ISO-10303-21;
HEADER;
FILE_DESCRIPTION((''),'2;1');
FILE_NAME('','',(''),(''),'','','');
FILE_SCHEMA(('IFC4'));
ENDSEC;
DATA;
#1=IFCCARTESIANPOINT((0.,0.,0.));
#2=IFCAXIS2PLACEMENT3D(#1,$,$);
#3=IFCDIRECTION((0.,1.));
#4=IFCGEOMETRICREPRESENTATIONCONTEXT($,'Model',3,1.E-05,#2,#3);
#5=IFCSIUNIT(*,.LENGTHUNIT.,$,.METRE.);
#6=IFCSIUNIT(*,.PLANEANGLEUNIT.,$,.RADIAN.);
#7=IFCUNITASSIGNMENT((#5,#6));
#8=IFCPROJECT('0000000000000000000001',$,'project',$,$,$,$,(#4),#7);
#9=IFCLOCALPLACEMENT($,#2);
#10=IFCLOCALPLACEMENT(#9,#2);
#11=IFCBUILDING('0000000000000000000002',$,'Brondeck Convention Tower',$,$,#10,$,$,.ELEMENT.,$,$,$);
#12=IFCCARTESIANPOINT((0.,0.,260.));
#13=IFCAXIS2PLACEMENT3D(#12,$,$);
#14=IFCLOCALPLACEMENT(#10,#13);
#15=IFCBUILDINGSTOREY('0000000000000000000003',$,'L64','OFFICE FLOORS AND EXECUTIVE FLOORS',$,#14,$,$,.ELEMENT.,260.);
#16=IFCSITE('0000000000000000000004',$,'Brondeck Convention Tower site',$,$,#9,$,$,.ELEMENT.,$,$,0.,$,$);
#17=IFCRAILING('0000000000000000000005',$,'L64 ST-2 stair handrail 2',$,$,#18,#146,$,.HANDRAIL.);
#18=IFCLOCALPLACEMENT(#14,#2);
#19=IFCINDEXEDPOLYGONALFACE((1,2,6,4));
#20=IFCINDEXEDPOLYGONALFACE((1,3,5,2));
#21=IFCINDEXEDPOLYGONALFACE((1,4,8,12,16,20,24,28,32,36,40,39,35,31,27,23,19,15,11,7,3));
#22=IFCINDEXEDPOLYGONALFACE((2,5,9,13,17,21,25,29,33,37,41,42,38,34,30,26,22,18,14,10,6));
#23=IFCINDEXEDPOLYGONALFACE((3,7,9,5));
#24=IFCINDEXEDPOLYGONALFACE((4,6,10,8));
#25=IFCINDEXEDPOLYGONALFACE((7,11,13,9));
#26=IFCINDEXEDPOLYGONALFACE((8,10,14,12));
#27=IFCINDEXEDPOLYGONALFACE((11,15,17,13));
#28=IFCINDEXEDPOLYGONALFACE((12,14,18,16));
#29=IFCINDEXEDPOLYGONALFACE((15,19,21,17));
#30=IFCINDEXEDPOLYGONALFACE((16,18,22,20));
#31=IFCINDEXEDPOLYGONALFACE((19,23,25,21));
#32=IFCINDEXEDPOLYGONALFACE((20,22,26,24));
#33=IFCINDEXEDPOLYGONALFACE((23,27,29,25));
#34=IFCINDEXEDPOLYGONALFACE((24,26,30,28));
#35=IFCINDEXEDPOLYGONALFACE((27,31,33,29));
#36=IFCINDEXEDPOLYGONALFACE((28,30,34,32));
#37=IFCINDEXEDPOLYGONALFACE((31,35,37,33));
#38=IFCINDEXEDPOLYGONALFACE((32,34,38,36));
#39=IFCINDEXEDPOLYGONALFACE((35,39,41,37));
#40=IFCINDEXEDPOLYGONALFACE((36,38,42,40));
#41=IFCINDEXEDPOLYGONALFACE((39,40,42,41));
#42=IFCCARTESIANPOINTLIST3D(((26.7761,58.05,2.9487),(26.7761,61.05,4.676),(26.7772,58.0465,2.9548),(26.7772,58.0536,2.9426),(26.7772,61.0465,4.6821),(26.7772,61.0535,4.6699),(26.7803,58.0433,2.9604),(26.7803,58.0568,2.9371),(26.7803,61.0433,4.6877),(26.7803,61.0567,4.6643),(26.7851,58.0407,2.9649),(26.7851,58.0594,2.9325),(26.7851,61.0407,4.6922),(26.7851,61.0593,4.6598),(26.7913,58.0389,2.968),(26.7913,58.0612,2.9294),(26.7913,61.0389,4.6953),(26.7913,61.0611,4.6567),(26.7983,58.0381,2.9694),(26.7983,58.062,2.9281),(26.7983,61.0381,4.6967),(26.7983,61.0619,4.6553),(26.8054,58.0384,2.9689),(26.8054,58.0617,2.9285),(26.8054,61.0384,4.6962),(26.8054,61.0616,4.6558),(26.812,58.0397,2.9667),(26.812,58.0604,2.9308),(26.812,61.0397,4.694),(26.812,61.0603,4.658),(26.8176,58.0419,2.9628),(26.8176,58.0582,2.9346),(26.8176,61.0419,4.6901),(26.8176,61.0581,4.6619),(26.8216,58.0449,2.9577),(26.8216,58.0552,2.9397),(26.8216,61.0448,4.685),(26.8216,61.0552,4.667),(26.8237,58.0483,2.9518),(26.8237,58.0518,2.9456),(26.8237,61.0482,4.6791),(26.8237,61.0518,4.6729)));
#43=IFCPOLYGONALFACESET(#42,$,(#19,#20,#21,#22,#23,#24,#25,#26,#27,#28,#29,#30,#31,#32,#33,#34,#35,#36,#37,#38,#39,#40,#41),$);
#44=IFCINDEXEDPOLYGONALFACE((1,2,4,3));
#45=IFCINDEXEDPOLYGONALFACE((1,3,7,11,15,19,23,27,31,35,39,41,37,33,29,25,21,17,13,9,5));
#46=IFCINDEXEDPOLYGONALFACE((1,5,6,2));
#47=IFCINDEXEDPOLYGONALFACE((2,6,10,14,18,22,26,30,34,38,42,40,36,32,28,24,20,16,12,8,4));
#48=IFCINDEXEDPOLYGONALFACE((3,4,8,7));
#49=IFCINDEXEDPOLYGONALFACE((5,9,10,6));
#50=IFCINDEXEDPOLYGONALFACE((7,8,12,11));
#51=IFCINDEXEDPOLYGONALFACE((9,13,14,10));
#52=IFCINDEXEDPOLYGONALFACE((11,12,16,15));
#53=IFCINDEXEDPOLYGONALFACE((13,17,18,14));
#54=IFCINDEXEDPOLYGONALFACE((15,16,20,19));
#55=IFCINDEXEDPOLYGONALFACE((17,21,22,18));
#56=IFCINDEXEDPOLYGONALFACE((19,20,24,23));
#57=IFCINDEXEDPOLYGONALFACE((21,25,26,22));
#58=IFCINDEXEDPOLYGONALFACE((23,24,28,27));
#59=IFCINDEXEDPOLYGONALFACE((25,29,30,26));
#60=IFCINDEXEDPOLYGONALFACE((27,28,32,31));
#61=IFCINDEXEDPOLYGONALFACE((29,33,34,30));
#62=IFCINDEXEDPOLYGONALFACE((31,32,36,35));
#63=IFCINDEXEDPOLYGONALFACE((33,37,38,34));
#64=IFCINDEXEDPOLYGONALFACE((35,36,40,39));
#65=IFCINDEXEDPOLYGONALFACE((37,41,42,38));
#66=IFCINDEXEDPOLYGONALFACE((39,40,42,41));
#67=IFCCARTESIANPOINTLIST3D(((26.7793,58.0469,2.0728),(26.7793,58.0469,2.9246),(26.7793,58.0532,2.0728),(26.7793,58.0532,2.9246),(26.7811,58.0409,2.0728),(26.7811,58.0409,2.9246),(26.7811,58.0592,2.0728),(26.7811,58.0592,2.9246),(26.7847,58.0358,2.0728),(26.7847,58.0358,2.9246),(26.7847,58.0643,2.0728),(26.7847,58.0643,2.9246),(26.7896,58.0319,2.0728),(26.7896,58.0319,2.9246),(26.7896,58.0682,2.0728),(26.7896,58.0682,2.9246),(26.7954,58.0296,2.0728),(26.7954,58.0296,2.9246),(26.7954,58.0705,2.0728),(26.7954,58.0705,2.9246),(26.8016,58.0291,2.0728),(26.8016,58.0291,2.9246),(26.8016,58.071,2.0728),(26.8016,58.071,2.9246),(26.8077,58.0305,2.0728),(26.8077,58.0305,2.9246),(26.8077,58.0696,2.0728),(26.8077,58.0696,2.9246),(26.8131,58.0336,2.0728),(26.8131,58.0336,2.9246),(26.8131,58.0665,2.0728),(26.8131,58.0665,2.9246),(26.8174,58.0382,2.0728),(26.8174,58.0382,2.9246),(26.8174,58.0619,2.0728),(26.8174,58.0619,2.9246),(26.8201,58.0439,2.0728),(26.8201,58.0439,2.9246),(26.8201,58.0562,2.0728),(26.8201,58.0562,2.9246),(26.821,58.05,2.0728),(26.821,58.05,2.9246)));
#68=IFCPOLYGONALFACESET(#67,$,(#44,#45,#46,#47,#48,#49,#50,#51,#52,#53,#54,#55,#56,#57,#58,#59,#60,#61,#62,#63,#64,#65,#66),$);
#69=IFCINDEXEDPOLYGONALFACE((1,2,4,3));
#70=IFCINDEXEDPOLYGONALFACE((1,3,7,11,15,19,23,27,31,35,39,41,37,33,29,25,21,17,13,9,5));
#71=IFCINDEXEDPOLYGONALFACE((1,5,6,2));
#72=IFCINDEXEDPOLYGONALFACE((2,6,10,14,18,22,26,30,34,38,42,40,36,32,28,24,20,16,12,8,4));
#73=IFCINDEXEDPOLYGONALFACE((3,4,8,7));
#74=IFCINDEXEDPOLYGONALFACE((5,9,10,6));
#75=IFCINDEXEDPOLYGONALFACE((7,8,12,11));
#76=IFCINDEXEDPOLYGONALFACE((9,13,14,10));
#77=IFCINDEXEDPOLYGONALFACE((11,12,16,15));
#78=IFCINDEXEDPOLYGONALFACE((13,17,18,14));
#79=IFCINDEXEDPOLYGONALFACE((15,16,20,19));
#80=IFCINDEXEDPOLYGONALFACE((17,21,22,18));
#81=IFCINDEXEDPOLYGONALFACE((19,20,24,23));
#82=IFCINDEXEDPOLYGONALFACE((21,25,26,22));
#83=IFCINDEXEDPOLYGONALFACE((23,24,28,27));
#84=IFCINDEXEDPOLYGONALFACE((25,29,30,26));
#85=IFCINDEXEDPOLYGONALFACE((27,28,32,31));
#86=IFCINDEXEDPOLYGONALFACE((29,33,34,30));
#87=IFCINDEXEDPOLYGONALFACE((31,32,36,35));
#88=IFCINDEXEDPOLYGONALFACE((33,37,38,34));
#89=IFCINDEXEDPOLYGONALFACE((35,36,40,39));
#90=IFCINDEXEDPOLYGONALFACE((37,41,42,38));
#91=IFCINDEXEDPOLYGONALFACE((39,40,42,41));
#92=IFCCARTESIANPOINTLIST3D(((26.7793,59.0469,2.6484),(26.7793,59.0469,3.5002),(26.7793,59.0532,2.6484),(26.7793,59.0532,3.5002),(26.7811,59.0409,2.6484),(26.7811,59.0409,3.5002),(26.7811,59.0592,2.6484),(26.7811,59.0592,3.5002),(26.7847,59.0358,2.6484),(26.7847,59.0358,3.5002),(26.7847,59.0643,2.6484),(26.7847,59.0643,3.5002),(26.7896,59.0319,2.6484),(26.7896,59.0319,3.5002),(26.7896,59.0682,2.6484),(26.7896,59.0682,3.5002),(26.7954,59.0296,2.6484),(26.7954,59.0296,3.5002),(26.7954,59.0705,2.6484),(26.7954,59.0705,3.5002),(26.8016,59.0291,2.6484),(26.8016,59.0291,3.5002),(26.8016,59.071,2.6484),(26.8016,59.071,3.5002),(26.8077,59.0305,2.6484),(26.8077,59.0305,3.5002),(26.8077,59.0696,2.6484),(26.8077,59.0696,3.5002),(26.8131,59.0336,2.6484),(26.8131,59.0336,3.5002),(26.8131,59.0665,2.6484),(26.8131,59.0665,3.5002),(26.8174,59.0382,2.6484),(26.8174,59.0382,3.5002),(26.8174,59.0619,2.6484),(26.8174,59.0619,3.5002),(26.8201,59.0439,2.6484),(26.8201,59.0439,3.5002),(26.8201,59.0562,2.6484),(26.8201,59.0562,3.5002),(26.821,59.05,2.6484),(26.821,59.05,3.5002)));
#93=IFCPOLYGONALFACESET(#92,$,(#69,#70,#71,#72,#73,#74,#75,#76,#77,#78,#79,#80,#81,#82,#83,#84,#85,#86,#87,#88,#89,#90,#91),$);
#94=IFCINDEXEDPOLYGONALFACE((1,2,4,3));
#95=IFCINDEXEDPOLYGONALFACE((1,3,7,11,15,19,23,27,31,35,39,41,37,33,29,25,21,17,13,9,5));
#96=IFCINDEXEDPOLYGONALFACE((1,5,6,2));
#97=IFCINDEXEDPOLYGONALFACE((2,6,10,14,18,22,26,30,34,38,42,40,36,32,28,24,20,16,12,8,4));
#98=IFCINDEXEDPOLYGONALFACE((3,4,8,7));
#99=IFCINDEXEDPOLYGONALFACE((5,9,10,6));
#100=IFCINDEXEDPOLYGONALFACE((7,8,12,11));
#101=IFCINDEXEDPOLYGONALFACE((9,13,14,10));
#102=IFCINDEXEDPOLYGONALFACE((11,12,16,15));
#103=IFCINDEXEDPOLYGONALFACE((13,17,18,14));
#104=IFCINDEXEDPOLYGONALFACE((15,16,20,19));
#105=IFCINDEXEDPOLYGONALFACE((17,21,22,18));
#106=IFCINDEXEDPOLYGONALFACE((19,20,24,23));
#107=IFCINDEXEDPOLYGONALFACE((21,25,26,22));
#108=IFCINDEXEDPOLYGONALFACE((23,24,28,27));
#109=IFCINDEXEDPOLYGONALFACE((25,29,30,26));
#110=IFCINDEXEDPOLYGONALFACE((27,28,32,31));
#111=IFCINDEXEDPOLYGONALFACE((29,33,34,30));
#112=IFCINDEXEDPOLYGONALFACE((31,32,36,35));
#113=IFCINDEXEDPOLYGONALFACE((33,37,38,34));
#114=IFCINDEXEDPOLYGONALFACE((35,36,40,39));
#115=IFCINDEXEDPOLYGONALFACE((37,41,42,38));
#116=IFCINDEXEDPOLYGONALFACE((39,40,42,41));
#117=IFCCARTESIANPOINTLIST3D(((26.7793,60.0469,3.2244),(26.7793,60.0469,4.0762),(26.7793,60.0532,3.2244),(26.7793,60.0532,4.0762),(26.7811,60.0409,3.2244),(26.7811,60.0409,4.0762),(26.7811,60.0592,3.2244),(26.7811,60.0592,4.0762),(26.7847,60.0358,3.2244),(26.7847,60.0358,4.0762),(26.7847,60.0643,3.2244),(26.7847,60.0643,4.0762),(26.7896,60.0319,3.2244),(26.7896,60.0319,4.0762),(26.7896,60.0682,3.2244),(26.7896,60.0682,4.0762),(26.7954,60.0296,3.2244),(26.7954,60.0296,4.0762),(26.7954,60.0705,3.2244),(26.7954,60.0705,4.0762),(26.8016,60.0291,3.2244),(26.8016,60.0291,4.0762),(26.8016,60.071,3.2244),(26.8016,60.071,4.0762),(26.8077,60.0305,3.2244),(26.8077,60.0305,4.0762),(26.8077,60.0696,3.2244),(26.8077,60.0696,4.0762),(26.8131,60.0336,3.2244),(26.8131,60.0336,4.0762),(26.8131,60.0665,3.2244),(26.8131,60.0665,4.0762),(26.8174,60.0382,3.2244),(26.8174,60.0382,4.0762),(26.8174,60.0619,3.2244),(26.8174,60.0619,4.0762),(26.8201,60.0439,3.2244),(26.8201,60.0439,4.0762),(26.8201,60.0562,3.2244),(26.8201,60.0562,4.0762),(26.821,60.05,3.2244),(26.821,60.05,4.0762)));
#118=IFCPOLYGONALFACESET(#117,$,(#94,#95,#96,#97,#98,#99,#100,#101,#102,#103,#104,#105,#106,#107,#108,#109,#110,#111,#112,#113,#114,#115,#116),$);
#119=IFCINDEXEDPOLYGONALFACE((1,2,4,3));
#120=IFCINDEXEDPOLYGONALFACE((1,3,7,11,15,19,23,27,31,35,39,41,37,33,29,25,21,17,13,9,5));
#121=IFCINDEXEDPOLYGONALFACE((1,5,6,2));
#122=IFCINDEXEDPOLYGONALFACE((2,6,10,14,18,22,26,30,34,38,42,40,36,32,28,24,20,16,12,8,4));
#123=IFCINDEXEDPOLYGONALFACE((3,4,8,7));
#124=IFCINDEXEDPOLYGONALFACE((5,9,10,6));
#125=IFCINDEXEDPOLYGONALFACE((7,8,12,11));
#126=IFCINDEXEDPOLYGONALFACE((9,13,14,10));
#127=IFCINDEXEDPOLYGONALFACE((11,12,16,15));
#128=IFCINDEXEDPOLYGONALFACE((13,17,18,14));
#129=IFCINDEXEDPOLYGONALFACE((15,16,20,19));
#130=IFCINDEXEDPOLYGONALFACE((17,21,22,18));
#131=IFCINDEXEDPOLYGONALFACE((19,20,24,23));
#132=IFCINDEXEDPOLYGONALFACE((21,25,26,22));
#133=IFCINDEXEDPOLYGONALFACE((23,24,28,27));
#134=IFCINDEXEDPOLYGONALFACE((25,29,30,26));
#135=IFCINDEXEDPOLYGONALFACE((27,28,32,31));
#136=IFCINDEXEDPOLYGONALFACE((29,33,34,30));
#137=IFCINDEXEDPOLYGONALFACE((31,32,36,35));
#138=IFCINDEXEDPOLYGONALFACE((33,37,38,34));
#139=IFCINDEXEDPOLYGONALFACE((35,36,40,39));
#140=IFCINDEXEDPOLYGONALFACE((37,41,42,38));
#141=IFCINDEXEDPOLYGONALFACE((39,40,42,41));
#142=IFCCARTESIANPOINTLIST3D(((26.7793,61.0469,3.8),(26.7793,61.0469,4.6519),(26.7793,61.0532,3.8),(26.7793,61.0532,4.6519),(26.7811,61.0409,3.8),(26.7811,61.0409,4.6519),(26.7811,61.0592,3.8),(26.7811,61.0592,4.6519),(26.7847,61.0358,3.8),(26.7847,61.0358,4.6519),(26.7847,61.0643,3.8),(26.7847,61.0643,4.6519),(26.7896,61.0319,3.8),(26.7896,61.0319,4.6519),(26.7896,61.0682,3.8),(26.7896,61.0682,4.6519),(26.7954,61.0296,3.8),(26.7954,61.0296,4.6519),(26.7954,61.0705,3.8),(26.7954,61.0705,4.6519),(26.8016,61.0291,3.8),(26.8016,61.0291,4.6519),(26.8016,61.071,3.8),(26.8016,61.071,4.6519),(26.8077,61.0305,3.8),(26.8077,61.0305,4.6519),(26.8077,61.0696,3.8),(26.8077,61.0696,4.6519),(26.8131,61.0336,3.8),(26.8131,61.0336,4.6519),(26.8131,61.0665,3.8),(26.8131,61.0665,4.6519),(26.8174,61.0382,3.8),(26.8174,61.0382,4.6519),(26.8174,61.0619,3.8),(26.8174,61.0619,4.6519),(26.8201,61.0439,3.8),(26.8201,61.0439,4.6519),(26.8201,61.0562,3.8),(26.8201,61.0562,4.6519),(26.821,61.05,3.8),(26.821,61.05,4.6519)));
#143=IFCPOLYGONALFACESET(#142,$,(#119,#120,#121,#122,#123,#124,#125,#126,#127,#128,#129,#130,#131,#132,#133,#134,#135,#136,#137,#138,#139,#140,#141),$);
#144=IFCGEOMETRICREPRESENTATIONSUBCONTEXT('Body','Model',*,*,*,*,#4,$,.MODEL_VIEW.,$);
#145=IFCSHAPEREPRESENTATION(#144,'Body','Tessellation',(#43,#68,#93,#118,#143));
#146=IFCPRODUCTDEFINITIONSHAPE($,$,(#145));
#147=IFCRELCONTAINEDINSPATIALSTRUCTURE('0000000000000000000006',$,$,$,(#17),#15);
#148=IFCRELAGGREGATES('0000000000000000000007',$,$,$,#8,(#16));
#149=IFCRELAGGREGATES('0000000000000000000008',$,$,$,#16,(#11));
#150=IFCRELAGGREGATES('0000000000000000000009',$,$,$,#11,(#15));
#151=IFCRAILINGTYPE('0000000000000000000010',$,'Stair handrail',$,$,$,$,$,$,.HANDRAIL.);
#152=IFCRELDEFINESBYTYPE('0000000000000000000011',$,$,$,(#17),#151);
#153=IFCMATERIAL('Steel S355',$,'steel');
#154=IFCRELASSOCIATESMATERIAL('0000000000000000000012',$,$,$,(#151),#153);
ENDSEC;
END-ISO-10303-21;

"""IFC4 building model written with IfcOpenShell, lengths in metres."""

from ifc_helpers import new_model, si_unit, direction, frame, origin, origin_2d, place, context, subcontext, project, spatial, circle, extrude, material, type_object, element, save


model = new_model("IFC4")

# Units and contexts
model_context = context("Model", 3, precision=1e-05, world=origin(), true_north=direction((0.0, 1.0)))
body_context = subcontext(model_context, "Body", "Model", "MODEL_VIEW")
ifc_project = project(units=[si_unit("LENGTHUNIT", "METRE"), si_unit("PLANEANGLEUNIT", "RADIAN")], contexts=[model_context])

# Site, building, storey
site_placement = place(None, origin())
site = spatial("IfcSite", under=ifc_project, at=site_placement, Name="Brondeck Convention Tower site", CompositionType="ELEMENT", RefElevation=0.0)
building_placement = place(site_placement, origin())
building = spatial("IfcBuilding", under=site, at=building_placement, Name="Brondeck Convention Tower", CompositionType="ELEMENT")
storey_placement = place(building_placement, frame((0.0, 0.0, 260.0)))
storey = spatial("IfcBuildingStorey", under=building, at=storey_placement, Name="L64", Description="OFFICE FLOORS AND EXECUTIVE FLOORS", CompositionType="ELEMENT", Elevation=260.0)

# Railing
ifc_material_1 = material(Name="Steel S355", Category="steel")
railing_type_1 = type_object("IfcRailingType", Name="Stair handrail", PredefinedType="HANDRAIL", material=ifc_material_1)
railing_1_placement = place(storey_placement, frame((26.8, 58.05, 2.0728)))
element("IfcRailing", 1, at=railing_1_placement, inside=storey, type_object=railing_type_1, Name="L64 ST-2 stair handrail 2", PredefinedType="HANDRAIL", context=body_context, shape_type="SweptSolid", body=[
    extrude(circle(Radius=0.0239, at=origin_2d()), frame((0.0, 0.0, 0.876), z_axis=(0.0, 0.86662, 0.498969), x_axis=(-1.0, 0.0, 0.0)), (0.0, 0.0, 1.0), 3.4617),
    extrude(circle(Radius=0.021, at=origin_2d()), origin(), (0.0, 0.0, 1.0), 0.8518),
    extrude(circle(Radius=0.021, at=origin_2d()), frame((0.0, 1.0, 0.5757)), (0.0, 0.0, 1.0), 0.8518),
    extrude(circle(Radius=0.021, at=origin_2d()), frame((0.0, 2.0, 1.1516)), (0.0, 0.0, 1.0), 0.8518),
    extrude(circle(Radius=0.021, at=origin_2d()), frame((0.0, 3.0, 1.7273)), (0.0, 0.0, 1.0), 0.8518),
])

save(model, "model.ifc")
